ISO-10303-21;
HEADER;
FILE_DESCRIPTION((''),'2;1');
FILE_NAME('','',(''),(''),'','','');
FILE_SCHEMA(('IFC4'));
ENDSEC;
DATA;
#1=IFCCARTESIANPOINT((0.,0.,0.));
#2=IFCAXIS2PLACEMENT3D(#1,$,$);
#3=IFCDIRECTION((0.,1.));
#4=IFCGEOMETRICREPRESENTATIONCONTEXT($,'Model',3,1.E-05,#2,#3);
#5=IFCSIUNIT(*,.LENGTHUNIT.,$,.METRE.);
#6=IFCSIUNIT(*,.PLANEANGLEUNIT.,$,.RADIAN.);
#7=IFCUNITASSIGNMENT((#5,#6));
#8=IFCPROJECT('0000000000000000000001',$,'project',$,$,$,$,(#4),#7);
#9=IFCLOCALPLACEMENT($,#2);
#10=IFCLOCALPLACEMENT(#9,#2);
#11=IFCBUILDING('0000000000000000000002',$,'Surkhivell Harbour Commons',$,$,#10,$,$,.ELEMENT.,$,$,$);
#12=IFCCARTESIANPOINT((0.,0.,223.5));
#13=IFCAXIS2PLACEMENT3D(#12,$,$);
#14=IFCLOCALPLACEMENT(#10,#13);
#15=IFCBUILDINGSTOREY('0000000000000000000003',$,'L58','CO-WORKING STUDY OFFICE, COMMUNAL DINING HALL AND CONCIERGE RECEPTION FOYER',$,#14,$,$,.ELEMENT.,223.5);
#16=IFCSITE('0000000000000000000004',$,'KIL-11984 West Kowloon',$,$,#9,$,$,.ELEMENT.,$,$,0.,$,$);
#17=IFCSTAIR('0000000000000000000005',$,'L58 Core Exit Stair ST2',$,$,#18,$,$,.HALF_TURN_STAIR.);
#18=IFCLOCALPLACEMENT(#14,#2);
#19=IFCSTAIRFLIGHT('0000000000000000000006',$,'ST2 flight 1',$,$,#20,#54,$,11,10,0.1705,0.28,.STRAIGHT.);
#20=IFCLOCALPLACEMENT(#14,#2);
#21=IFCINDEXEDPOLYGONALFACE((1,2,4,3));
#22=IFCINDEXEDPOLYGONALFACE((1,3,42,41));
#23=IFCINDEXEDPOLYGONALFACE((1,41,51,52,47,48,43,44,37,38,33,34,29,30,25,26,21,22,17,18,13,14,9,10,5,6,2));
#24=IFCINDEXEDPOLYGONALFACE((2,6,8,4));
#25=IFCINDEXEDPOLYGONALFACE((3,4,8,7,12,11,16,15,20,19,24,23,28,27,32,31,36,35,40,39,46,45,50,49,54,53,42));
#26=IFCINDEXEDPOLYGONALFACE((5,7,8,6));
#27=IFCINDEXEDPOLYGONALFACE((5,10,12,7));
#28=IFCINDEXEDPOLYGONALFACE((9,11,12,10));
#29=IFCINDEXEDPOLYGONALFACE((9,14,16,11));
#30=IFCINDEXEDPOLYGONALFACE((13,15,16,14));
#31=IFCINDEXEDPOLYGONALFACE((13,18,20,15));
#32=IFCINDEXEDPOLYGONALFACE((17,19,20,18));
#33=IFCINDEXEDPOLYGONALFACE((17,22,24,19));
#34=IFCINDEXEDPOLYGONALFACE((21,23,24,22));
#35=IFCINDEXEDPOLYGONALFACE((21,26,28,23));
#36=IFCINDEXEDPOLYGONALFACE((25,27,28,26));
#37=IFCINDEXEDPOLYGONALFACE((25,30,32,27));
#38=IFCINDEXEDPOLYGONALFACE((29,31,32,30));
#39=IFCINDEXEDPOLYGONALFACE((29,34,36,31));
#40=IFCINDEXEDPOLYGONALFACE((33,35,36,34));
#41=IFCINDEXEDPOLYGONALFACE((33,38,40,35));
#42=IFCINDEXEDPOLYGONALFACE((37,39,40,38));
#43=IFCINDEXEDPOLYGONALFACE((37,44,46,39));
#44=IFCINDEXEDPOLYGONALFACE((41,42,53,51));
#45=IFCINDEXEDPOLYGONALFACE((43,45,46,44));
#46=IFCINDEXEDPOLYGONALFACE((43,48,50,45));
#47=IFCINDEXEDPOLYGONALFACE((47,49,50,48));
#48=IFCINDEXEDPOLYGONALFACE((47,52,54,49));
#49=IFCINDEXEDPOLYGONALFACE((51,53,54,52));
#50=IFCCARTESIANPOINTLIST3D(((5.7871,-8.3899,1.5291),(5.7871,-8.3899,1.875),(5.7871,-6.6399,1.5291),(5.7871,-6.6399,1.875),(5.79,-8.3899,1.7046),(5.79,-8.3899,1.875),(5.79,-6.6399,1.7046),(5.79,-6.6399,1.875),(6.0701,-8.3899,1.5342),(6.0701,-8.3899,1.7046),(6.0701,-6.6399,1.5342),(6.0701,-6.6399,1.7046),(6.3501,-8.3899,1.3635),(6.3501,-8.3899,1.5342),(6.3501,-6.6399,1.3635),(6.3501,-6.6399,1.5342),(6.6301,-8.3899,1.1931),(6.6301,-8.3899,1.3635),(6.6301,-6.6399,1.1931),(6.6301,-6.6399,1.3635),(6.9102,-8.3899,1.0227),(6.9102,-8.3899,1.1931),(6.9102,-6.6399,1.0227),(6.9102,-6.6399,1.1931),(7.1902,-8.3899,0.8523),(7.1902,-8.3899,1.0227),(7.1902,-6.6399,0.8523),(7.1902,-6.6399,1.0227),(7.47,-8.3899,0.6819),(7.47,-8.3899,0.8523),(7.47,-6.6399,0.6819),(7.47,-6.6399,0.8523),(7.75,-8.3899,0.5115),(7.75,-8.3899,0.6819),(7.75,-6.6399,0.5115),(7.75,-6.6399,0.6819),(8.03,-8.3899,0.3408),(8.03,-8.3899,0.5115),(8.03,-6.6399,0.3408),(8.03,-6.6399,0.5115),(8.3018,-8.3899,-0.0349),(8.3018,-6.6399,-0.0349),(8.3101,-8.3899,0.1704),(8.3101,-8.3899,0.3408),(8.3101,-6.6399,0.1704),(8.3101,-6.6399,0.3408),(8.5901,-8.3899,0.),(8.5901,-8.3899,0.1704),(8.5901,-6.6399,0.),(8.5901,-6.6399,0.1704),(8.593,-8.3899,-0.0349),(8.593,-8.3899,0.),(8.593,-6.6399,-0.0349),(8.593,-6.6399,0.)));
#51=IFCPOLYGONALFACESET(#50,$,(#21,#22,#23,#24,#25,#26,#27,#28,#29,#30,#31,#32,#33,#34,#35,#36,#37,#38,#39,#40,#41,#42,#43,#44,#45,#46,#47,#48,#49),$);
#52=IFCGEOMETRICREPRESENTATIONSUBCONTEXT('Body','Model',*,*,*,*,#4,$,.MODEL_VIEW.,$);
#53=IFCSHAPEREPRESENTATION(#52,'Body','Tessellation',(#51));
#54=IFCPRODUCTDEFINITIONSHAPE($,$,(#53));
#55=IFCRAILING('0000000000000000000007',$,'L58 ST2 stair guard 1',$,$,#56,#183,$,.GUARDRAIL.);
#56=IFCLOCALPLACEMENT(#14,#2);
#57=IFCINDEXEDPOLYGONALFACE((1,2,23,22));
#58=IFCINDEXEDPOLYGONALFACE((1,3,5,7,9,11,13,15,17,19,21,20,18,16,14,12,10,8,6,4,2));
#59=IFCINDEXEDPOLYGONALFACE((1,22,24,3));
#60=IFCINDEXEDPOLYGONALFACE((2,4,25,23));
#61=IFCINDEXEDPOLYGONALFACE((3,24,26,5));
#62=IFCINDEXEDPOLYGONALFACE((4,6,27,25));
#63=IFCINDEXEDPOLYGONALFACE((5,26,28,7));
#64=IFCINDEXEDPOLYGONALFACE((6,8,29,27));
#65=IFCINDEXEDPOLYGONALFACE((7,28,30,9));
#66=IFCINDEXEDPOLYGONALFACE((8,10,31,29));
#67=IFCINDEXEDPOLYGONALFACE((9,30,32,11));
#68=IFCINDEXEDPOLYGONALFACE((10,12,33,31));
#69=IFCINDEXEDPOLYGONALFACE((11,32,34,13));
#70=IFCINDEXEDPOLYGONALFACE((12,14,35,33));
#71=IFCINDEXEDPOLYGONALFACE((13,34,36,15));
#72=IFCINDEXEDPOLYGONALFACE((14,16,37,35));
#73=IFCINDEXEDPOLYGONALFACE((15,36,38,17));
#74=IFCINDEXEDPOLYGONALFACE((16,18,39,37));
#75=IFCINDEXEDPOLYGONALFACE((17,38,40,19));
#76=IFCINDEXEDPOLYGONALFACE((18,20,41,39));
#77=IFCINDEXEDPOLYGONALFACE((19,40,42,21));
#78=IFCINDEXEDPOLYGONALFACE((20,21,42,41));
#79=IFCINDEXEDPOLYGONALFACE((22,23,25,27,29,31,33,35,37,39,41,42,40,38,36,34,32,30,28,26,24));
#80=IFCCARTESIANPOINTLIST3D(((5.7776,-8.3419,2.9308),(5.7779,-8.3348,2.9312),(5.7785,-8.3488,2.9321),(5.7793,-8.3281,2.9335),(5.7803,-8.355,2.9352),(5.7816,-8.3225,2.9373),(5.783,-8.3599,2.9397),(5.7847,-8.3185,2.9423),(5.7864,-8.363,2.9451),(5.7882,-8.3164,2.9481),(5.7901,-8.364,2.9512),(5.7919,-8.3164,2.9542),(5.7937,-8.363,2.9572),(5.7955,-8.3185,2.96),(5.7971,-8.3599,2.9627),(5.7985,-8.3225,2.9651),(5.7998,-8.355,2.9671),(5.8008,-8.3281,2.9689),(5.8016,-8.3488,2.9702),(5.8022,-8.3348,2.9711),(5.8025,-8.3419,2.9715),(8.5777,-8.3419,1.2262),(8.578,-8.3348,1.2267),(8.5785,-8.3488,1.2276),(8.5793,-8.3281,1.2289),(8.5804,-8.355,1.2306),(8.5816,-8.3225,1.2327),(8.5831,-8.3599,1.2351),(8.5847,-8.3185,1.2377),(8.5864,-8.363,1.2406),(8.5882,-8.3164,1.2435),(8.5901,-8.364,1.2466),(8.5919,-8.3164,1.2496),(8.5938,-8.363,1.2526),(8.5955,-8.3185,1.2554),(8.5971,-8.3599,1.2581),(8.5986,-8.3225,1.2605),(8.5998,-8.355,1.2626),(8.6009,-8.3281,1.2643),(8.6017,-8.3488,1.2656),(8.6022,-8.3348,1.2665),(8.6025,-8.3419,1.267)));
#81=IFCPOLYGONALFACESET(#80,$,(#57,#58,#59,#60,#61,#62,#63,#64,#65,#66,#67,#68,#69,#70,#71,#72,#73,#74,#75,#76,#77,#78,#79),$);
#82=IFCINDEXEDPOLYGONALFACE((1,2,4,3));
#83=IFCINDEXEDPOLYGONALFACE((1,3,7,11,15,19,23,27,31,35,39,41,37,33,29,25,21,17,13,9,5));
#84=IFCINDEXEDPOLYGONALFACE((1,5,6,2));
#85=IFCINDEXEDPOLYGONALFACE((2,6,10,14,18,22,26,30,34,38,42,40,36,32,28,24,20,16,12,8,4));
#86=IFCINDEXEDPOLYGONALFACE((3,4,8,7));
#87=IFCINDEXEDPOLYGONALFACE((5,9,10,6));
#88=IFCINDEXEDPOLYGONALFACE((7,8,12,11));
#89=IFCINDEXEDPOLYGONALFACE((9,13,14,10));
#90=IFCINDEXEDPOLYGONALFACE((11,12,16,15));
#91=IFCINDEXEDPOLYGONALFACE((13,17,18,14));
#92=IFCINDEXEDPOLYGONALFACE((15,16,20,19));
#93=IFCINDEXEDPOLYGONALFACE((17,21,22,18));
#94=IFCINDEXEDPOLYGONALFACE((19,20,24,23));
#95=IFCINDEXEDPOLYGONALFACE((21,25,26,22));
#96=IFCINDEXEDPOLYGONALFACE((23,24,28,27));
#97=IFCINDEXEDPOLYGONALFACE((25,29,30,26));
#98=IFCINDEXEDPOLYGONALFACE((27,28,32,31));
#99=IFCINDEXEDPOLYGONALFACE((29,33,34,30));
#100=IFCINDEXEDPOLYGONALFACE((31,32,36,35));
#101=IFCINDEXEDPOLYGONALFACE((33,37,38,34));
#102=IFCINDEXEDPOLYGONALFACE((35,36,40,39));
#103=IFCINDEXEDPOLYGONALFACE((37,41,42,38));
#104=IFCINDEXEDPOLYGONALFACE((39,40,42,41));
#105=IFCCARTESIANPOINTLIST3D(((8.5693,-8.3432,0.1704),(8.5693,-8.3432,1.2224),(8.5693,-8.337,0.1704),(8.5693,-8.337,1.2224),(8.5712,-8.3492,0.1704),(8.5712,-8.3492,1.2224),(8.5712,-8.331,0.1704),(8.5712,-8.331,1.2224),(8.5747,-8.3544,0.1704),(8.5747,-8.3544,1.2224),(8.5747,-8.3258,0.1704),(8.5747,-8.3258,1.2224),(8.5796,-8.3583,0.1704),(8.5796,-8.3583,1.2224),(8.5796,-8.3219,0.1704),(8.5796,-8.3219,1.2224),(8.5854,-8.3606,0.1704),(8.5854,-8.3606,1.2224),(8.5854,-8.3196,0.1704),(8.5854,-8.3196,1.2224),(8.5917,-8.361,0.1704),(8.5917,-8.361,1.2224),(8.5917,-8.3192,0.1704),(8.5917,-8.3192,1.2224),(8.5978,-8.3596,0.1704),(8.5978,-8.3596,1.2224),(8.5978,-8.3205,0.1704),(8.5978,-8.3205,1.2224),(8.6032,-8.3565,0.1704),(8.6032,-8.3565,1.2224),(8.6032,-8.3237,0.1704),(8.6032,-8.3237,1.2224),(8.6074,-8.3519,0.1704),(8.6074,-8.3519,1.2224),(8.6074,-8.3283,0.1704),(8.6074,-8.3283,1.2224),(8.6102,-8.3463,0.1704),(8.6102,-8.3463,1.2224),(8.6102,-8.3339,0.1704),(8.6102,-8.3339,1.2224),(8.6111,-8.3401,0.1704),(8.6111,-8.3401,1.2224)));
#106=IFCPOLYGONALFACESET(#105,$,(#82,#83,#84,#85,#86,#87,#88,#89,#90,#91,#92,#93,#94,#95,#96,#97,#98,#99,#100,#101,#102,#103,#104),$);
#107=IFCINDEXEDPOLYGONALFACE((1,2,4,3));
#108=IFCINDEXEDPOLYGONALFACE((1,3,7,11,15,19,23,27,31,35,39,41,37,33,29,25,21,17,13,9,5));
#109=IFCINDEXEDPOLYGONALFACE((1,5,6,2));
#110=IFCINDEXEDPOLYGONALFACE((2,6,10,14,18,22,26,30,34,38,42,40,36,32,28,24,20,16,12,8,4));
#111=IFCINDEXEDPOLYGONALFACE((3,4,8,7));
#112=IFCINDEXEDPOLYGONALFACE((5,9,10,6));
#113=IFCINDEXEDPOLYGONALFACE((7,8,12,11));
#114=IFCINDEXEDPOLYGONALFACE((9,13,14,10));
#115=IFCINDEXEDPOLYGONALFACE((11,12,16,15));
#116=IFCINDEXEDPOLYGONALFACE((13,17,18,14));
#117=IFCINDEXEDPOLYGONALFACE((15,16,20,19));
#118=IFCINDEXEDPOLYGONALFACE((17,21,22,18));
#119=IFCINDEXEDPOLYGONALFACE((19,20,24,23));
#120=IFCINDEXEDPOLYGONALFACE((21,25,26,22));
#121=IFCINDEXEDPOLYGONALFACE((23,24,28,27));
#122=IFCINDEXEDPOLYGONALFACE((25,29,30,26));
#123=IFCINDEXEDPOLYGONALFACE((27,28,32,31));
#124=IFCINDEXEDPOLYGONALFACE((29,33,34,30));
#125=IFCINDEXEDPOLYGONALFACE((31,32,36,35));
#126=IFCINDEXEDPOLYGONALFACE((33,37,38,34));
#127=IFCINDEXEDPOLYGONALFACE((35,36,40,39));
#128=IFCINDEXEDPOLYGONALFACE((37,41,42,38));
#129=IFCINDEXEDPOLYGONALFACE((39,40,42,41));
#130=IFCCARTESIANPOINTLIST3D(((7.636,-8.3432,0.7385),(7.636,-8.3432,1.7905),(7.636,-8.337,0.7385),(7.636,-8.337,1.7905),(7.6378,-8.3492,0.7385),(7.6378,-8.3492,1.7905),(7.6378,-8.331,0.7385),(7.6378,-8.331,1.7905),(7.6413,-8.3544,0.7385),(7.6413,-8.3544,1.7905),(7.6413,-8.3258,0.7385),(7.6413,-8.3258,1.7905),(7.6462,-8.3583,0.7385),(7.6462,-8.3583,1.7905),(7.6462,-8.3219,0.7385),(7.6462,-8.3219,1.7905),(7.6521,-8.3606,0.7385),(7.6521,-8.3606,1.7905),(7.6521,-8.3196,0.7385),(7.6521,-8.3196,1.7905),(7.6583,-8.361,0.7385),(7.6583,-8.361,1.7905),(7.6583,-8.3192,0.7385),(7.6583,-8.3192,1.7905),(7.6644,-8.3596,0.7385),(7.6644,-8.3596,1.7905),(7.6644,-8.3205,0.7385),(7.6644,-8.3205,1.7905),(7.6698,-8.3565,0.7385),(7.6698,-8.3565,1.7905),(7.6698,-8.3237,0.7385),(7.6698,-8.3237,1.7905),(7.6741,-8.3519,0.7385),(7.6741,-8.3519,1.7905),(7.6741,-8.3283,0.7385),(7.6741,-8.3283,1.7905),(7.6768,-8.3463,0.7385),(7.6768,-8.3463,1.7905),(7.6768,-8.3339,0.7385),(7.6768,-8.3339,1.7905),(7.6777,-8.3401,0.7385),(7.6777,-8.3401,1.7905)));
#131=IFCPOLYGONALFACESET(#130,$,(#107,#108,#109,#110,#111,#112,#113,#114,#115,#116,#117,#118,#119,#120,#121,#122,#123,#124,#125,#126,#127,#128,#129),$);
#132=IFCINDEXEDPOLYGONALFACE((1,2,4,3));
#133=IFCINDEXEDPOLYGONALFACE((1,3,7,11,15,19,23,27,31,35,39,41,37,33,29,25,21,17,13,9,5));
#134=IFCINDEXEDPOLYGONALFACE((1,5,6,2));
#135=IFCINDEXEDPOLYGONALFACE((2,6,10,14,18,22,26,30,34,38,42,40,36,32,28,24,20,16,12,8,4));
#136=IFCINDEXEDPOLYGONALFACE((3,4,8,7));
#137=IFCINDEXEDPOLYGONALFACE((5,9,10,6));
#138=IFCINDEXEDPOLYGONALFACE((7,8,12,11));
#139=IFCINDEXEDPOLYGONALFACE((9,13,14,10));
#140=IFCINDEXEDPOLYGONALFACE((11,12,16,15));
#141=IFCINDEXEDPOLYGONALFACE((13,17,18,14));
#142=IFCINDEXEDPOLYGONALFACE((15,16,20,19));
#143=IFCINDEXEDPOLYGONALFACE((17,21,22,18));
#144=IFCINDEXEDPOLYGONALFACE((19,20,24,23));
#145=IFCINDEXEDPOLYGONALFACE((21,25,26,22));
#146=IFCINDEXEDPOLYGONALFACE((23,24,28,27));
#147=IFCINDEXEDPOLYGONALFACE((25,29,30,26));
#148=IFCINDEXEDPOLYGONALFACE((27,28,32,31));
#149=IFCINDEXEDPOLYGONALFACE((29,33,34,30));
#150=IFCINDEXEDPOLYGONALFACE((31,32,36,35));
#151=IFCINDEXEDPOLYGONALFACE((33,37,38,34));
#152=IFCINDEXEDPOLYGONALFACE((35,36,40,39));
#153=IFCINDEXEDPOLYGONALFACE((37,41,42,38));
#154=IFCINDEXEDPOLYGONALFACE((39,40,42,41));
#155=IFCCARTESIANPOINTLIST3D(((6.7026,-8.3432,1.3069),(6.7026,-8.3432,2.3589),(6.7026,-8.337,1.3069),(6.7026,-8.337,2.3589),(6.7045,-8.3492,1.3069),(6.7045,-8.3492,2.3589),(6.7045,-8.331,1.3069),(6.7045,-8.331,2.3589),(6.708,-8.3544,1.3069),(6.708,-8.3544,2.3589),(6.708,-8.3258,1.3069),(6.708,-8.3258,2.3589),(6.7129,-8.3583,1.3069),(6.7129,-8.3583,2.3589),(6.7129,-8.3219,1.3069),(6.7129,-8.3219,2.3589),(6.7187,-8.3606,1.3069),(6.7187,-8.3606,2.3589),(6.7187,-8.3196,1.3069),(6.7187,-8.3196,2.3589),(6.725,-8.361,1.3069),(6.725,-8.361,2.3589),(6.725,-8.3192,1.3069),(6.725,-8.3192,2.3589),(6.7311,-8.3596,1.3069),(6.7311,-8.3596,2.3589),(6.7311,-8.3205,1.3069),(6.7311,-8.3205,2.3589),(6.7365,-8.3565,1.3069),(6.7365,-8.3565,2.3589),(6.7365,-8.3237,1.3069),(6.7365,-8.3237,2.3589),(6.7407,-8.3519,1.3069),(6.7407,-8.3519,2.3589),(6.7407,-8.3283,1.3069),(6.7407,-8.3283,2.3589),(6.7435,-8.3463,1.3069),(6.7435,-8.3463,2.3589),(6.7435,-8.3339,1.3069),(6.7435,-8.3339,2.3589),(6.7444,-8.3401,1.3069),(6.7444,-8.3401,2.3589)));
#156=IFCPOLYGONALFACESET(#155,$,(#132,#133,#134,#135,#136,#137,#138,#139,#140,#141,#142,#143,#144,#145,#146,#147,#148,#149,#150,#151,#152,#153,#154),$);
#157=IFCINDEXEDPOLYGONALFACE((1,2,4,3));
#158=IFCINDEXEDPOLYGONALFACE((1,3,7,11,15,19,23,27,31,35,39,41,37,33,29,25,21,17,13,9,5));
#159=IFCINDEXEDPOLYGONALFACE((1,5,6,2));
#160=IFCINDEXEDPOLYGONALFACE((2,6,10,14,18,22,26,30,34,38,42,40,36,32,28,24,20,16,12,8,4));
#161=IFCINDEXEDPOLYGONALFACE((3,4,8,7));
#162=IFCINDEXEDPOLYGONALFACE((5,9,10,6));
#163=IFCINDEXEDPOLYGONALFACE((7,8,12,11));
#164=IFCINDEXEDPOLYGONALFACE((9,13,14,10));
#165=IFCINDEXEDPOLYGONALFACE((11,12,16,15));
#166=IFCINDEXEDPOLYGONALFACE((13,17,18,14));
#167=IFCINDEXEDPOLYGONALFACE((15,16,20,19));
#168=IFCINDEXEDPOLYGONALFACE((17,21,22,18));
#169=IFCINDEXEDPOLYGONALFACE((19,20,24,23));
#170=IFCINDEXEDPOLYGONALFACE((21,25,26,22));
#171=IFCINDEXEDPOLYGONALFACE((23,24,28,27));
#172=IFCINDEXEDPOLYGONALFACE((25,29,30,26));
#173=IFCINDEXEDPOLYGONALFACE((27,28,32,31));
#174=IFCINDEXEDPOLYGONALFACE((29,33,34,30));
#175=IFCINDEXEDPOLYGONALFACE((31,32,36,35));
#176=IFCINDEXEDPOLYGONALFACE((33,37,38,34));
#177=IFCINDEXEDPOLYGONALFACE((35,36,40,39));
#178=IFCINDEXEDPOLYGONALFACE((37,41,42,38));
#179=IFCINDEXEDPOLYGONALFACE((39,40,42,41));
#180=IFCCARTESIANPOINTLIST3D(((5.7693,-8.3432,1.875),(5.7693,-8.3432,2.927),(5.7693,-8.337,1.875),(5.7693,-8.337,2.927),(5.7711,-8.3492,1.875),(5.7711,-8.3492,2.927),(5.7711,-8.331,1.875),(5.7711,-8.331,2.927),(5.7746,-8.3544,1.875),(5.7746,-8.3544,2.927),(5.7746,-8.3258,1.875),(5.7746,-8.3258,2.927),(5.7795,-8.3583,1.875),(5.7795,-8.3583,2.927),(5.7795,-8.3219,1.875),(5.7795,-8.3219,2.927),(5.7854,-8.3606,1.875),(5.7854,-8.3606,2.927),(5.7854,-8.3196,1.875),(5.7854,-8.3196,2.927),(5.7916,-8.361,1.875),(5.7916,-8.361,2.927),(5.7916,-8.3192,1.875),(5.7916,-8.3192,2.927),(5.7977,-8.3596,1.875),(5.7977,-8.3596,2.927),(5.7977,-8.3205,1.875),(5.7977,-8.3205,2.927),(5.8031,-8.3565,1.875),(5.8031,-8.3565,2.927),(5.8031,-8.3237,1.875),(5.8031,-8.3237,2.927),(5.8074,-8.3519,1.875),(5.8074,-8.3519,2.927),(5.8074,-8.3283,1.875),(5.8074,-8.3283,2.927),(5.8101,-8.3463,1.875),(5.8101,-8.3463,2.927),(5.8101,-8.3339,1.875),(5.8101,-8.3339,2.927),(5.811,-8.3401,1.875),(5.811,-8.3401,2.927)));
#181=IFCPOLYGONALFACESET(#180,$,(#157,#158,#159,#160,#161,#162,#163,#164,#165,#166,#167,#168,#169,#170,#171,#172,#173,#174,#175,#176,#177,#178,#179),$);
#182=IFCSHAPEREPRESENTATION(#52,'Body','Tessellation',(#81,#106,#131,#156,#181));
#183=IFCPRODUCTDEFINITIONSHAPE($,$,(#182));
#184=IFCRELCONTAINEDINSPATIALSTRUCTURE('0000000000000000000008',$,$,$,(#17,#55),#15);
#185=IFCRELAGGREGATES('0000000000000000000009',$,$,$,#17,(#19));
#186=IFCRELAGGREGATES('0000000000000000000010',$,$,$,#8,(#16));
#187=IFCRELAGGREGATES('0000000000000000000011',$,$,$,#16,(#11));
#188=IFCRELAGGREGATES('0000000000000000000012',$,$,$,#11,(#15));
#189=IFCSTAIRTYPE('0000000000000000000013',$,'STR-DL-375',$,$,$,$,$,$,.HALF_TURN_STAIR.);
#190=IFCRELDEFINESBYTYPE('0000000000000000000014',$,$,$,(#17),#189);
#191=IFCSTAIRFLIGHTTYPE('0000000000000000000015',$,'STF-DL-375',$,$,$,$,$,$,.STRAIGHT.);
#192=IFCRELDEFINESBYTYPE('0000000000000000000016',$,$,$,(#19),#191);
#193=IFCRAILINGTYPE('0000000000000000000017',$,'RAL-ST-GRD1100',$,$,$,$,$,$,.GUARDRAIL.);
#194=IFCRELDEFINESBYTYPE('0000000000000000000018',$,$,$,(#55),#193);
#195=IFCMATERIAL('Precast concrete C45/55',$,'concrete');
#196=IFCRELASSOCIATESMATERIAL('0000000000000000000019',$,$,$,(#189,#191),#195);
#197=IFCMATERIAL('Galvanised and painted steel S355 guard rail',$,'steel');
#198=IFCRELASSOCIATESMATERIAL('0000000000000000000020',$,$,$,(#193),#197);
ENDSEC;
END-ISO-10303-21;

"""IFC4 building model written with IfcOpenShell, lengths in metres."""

from ifc_helpers import new_model, si_unit, direction, frame, origin, origin_2d, place, context, subcontext, project, spatial, polyline, circle, outline, extrude, material, type_object, element, aggregate, save


model = new_model("IFC4")

# Units and contexts
model_context = context("Model", 3, precision=1e-05, world=origin(), true_north=direction((0.0, 1.0)))
body_context = subcontext(model_context, "Body", "Model", "MODEL_VIEW")
ifc_project = project(units=[si_unit("LENGTHUNIT", "METRE"), si_unit("PLANEANGLEUNIT", "RADIAN")], contexts=[model_context])

# Site, building, storey
site_placement = place(None, origin())
site = spatial("IfcSite", under=ifc_project, at=site_placement, Name="KIL-11984 West Kowloon", CompositionType="ELEMENT", RefElevation=0.0)
building_placement = place(site_placement, origin())
building = spatial("IfcBuilding", under=site, at=building_placement, Name="Surkhivell Harbour Commons", CompositionType="ELEMENT")
storey_placement = place(building_placement, frame((0.0, 0.0, 223.5)))
storey = spatial("IfcBuildingStorey", under=building, at=storey_placement, Name="L58", Description="CO-WORKING STUDY OFFICE, COMMUNAL DINING HALL AND CONCIERGE RECEPTION FOYER", CompositionType="ELEMENT", Elevation=223.5)

# Stair, stair flight
ifc_material_1 = material(Name="Precast concrete C45/55", Category="concrete")
stair_type = type_object("IfcStairType", Name="STR-DL-375", PredefinedType="HALF_TURN_STAIR", material=ifc_material_1)
stair_placement = place(storey_placement, origin())
stair = element("IfcStair", 1, at=stair_placement, inside=storey, type_object=stair_type, Name="L58 Core Exit Stair ST2", PredefinedType="HALF_TURN_STAIR")
stair_flight_type = type_object("IfcStairFlightType", Name="STF-DL-375", PredefinedType="STRAIGHT", material=ifc_material_1)
stair_flight_placement = place(storey_placement, frame((8.5901, -7.5149, 0.0), z_axis=(0.0, 0.0, 1.0), x_axis=(-1.0, 0.0, 0.0)))
stair_flight = element("IfcStairFlight", 2, at=stair_flight_placement, type_object=stair_flight_type, Name="ST2 flight 1", NumberOfRisers=11, NumberOfTreads=10, PredefinedType="STRAIGHT", RiserHeight=0.1705, TreadLength=0.28, context=body_context, shape_type="SweptSolid", body=[
    extrude(outline(polyline([(-0.0029, -0.0349), (-0.0029, 0.0), (0.0, 0.0), (0.0, 0.1704), (0.28, 0.1704), (0.28, 0.3408), (0.5601, 0.3408), (0.5601, 0.5115), (0.8401, 0.5115), (0.8401, 0.6819), (1.1201, 0.6819), (1.1201, 0.8523), (1.3999, 0.8523), (1.3999, 1.0227), (1.6799, 1.0227), (1.6799, 1.1931), (1.96, 1.1931), (1.96, 1.3635), (2.24, 1.3635), (2.24, 1.5342), (2.52, 1.5342), (2.52, 1.7046), (2.8, 1.7046), (2.8, 1.875), (2.803, 1.875), (2.803, 1.5291), (0.2883, -0.0349), (-0.0029, -0.0349)])), frame((0.0, 0.875, 0.0), z_axis=(0.0, -1.0, 0.0), x_axis=(1.0, 0.0, 0.0)), (0.0, 0.0, 1.0), 1.75),
])
aggregate(stair, [stair_flight])

# Railing
ifc_material_2 = material(Name="Galvanised and painted steel S355 guard rail", Category="steel")
railing_type_1 = type_object("IfcRailingType", Name="RAL-ST-GRD1100", PredefinedType="GUARDRAIL", material=ifc_material_2)
railing_1_placement = place(storey_placement, frame((8.5901, -8.3401, 0.1704)))
element("IfcRailing", 3, at=railing_1_placement, inside=storey, type_object=railing_type_1, Name="L58 ST2 stair guard 1", PredefinedType="GUARDRAIL", context=body_context, shape_type="SweptSolid", body=[
    extrude(circle(Radius=0.0239, at=origin_2d()), frame((0.0, 0.0, 1.0762), z_axis=(-0.85417, 0.0, 0.519994), x_axis=(0.0, -1.0, 0.0)), (0.0, 0.0, 1.0), 3.2781),
    extrude(circle(Radius=0.021, at=origin_2d()), origin(), (0.0, 0.0, 1.0), 1.052),
    extrude(circle(Radius=0.021, at=origin_2d()), frame((-0.9333, 0.0, 0.5681)), (0.0, 0.0, 1.0), 1.052),
    extrude(circle(Radius=0.021, at=origin_2d()), frame((-1.8667, 0.0, 1.1365)), (0.0, 0.0, 1.0), 1.052),
    extrude(circle(Radius=0.021, at=origin_2d()), frame((-2.8, 0.0, 1.7046)), (0.0, 0.0, 1.0), 1.052),
])

save(model, "model.ifc")
